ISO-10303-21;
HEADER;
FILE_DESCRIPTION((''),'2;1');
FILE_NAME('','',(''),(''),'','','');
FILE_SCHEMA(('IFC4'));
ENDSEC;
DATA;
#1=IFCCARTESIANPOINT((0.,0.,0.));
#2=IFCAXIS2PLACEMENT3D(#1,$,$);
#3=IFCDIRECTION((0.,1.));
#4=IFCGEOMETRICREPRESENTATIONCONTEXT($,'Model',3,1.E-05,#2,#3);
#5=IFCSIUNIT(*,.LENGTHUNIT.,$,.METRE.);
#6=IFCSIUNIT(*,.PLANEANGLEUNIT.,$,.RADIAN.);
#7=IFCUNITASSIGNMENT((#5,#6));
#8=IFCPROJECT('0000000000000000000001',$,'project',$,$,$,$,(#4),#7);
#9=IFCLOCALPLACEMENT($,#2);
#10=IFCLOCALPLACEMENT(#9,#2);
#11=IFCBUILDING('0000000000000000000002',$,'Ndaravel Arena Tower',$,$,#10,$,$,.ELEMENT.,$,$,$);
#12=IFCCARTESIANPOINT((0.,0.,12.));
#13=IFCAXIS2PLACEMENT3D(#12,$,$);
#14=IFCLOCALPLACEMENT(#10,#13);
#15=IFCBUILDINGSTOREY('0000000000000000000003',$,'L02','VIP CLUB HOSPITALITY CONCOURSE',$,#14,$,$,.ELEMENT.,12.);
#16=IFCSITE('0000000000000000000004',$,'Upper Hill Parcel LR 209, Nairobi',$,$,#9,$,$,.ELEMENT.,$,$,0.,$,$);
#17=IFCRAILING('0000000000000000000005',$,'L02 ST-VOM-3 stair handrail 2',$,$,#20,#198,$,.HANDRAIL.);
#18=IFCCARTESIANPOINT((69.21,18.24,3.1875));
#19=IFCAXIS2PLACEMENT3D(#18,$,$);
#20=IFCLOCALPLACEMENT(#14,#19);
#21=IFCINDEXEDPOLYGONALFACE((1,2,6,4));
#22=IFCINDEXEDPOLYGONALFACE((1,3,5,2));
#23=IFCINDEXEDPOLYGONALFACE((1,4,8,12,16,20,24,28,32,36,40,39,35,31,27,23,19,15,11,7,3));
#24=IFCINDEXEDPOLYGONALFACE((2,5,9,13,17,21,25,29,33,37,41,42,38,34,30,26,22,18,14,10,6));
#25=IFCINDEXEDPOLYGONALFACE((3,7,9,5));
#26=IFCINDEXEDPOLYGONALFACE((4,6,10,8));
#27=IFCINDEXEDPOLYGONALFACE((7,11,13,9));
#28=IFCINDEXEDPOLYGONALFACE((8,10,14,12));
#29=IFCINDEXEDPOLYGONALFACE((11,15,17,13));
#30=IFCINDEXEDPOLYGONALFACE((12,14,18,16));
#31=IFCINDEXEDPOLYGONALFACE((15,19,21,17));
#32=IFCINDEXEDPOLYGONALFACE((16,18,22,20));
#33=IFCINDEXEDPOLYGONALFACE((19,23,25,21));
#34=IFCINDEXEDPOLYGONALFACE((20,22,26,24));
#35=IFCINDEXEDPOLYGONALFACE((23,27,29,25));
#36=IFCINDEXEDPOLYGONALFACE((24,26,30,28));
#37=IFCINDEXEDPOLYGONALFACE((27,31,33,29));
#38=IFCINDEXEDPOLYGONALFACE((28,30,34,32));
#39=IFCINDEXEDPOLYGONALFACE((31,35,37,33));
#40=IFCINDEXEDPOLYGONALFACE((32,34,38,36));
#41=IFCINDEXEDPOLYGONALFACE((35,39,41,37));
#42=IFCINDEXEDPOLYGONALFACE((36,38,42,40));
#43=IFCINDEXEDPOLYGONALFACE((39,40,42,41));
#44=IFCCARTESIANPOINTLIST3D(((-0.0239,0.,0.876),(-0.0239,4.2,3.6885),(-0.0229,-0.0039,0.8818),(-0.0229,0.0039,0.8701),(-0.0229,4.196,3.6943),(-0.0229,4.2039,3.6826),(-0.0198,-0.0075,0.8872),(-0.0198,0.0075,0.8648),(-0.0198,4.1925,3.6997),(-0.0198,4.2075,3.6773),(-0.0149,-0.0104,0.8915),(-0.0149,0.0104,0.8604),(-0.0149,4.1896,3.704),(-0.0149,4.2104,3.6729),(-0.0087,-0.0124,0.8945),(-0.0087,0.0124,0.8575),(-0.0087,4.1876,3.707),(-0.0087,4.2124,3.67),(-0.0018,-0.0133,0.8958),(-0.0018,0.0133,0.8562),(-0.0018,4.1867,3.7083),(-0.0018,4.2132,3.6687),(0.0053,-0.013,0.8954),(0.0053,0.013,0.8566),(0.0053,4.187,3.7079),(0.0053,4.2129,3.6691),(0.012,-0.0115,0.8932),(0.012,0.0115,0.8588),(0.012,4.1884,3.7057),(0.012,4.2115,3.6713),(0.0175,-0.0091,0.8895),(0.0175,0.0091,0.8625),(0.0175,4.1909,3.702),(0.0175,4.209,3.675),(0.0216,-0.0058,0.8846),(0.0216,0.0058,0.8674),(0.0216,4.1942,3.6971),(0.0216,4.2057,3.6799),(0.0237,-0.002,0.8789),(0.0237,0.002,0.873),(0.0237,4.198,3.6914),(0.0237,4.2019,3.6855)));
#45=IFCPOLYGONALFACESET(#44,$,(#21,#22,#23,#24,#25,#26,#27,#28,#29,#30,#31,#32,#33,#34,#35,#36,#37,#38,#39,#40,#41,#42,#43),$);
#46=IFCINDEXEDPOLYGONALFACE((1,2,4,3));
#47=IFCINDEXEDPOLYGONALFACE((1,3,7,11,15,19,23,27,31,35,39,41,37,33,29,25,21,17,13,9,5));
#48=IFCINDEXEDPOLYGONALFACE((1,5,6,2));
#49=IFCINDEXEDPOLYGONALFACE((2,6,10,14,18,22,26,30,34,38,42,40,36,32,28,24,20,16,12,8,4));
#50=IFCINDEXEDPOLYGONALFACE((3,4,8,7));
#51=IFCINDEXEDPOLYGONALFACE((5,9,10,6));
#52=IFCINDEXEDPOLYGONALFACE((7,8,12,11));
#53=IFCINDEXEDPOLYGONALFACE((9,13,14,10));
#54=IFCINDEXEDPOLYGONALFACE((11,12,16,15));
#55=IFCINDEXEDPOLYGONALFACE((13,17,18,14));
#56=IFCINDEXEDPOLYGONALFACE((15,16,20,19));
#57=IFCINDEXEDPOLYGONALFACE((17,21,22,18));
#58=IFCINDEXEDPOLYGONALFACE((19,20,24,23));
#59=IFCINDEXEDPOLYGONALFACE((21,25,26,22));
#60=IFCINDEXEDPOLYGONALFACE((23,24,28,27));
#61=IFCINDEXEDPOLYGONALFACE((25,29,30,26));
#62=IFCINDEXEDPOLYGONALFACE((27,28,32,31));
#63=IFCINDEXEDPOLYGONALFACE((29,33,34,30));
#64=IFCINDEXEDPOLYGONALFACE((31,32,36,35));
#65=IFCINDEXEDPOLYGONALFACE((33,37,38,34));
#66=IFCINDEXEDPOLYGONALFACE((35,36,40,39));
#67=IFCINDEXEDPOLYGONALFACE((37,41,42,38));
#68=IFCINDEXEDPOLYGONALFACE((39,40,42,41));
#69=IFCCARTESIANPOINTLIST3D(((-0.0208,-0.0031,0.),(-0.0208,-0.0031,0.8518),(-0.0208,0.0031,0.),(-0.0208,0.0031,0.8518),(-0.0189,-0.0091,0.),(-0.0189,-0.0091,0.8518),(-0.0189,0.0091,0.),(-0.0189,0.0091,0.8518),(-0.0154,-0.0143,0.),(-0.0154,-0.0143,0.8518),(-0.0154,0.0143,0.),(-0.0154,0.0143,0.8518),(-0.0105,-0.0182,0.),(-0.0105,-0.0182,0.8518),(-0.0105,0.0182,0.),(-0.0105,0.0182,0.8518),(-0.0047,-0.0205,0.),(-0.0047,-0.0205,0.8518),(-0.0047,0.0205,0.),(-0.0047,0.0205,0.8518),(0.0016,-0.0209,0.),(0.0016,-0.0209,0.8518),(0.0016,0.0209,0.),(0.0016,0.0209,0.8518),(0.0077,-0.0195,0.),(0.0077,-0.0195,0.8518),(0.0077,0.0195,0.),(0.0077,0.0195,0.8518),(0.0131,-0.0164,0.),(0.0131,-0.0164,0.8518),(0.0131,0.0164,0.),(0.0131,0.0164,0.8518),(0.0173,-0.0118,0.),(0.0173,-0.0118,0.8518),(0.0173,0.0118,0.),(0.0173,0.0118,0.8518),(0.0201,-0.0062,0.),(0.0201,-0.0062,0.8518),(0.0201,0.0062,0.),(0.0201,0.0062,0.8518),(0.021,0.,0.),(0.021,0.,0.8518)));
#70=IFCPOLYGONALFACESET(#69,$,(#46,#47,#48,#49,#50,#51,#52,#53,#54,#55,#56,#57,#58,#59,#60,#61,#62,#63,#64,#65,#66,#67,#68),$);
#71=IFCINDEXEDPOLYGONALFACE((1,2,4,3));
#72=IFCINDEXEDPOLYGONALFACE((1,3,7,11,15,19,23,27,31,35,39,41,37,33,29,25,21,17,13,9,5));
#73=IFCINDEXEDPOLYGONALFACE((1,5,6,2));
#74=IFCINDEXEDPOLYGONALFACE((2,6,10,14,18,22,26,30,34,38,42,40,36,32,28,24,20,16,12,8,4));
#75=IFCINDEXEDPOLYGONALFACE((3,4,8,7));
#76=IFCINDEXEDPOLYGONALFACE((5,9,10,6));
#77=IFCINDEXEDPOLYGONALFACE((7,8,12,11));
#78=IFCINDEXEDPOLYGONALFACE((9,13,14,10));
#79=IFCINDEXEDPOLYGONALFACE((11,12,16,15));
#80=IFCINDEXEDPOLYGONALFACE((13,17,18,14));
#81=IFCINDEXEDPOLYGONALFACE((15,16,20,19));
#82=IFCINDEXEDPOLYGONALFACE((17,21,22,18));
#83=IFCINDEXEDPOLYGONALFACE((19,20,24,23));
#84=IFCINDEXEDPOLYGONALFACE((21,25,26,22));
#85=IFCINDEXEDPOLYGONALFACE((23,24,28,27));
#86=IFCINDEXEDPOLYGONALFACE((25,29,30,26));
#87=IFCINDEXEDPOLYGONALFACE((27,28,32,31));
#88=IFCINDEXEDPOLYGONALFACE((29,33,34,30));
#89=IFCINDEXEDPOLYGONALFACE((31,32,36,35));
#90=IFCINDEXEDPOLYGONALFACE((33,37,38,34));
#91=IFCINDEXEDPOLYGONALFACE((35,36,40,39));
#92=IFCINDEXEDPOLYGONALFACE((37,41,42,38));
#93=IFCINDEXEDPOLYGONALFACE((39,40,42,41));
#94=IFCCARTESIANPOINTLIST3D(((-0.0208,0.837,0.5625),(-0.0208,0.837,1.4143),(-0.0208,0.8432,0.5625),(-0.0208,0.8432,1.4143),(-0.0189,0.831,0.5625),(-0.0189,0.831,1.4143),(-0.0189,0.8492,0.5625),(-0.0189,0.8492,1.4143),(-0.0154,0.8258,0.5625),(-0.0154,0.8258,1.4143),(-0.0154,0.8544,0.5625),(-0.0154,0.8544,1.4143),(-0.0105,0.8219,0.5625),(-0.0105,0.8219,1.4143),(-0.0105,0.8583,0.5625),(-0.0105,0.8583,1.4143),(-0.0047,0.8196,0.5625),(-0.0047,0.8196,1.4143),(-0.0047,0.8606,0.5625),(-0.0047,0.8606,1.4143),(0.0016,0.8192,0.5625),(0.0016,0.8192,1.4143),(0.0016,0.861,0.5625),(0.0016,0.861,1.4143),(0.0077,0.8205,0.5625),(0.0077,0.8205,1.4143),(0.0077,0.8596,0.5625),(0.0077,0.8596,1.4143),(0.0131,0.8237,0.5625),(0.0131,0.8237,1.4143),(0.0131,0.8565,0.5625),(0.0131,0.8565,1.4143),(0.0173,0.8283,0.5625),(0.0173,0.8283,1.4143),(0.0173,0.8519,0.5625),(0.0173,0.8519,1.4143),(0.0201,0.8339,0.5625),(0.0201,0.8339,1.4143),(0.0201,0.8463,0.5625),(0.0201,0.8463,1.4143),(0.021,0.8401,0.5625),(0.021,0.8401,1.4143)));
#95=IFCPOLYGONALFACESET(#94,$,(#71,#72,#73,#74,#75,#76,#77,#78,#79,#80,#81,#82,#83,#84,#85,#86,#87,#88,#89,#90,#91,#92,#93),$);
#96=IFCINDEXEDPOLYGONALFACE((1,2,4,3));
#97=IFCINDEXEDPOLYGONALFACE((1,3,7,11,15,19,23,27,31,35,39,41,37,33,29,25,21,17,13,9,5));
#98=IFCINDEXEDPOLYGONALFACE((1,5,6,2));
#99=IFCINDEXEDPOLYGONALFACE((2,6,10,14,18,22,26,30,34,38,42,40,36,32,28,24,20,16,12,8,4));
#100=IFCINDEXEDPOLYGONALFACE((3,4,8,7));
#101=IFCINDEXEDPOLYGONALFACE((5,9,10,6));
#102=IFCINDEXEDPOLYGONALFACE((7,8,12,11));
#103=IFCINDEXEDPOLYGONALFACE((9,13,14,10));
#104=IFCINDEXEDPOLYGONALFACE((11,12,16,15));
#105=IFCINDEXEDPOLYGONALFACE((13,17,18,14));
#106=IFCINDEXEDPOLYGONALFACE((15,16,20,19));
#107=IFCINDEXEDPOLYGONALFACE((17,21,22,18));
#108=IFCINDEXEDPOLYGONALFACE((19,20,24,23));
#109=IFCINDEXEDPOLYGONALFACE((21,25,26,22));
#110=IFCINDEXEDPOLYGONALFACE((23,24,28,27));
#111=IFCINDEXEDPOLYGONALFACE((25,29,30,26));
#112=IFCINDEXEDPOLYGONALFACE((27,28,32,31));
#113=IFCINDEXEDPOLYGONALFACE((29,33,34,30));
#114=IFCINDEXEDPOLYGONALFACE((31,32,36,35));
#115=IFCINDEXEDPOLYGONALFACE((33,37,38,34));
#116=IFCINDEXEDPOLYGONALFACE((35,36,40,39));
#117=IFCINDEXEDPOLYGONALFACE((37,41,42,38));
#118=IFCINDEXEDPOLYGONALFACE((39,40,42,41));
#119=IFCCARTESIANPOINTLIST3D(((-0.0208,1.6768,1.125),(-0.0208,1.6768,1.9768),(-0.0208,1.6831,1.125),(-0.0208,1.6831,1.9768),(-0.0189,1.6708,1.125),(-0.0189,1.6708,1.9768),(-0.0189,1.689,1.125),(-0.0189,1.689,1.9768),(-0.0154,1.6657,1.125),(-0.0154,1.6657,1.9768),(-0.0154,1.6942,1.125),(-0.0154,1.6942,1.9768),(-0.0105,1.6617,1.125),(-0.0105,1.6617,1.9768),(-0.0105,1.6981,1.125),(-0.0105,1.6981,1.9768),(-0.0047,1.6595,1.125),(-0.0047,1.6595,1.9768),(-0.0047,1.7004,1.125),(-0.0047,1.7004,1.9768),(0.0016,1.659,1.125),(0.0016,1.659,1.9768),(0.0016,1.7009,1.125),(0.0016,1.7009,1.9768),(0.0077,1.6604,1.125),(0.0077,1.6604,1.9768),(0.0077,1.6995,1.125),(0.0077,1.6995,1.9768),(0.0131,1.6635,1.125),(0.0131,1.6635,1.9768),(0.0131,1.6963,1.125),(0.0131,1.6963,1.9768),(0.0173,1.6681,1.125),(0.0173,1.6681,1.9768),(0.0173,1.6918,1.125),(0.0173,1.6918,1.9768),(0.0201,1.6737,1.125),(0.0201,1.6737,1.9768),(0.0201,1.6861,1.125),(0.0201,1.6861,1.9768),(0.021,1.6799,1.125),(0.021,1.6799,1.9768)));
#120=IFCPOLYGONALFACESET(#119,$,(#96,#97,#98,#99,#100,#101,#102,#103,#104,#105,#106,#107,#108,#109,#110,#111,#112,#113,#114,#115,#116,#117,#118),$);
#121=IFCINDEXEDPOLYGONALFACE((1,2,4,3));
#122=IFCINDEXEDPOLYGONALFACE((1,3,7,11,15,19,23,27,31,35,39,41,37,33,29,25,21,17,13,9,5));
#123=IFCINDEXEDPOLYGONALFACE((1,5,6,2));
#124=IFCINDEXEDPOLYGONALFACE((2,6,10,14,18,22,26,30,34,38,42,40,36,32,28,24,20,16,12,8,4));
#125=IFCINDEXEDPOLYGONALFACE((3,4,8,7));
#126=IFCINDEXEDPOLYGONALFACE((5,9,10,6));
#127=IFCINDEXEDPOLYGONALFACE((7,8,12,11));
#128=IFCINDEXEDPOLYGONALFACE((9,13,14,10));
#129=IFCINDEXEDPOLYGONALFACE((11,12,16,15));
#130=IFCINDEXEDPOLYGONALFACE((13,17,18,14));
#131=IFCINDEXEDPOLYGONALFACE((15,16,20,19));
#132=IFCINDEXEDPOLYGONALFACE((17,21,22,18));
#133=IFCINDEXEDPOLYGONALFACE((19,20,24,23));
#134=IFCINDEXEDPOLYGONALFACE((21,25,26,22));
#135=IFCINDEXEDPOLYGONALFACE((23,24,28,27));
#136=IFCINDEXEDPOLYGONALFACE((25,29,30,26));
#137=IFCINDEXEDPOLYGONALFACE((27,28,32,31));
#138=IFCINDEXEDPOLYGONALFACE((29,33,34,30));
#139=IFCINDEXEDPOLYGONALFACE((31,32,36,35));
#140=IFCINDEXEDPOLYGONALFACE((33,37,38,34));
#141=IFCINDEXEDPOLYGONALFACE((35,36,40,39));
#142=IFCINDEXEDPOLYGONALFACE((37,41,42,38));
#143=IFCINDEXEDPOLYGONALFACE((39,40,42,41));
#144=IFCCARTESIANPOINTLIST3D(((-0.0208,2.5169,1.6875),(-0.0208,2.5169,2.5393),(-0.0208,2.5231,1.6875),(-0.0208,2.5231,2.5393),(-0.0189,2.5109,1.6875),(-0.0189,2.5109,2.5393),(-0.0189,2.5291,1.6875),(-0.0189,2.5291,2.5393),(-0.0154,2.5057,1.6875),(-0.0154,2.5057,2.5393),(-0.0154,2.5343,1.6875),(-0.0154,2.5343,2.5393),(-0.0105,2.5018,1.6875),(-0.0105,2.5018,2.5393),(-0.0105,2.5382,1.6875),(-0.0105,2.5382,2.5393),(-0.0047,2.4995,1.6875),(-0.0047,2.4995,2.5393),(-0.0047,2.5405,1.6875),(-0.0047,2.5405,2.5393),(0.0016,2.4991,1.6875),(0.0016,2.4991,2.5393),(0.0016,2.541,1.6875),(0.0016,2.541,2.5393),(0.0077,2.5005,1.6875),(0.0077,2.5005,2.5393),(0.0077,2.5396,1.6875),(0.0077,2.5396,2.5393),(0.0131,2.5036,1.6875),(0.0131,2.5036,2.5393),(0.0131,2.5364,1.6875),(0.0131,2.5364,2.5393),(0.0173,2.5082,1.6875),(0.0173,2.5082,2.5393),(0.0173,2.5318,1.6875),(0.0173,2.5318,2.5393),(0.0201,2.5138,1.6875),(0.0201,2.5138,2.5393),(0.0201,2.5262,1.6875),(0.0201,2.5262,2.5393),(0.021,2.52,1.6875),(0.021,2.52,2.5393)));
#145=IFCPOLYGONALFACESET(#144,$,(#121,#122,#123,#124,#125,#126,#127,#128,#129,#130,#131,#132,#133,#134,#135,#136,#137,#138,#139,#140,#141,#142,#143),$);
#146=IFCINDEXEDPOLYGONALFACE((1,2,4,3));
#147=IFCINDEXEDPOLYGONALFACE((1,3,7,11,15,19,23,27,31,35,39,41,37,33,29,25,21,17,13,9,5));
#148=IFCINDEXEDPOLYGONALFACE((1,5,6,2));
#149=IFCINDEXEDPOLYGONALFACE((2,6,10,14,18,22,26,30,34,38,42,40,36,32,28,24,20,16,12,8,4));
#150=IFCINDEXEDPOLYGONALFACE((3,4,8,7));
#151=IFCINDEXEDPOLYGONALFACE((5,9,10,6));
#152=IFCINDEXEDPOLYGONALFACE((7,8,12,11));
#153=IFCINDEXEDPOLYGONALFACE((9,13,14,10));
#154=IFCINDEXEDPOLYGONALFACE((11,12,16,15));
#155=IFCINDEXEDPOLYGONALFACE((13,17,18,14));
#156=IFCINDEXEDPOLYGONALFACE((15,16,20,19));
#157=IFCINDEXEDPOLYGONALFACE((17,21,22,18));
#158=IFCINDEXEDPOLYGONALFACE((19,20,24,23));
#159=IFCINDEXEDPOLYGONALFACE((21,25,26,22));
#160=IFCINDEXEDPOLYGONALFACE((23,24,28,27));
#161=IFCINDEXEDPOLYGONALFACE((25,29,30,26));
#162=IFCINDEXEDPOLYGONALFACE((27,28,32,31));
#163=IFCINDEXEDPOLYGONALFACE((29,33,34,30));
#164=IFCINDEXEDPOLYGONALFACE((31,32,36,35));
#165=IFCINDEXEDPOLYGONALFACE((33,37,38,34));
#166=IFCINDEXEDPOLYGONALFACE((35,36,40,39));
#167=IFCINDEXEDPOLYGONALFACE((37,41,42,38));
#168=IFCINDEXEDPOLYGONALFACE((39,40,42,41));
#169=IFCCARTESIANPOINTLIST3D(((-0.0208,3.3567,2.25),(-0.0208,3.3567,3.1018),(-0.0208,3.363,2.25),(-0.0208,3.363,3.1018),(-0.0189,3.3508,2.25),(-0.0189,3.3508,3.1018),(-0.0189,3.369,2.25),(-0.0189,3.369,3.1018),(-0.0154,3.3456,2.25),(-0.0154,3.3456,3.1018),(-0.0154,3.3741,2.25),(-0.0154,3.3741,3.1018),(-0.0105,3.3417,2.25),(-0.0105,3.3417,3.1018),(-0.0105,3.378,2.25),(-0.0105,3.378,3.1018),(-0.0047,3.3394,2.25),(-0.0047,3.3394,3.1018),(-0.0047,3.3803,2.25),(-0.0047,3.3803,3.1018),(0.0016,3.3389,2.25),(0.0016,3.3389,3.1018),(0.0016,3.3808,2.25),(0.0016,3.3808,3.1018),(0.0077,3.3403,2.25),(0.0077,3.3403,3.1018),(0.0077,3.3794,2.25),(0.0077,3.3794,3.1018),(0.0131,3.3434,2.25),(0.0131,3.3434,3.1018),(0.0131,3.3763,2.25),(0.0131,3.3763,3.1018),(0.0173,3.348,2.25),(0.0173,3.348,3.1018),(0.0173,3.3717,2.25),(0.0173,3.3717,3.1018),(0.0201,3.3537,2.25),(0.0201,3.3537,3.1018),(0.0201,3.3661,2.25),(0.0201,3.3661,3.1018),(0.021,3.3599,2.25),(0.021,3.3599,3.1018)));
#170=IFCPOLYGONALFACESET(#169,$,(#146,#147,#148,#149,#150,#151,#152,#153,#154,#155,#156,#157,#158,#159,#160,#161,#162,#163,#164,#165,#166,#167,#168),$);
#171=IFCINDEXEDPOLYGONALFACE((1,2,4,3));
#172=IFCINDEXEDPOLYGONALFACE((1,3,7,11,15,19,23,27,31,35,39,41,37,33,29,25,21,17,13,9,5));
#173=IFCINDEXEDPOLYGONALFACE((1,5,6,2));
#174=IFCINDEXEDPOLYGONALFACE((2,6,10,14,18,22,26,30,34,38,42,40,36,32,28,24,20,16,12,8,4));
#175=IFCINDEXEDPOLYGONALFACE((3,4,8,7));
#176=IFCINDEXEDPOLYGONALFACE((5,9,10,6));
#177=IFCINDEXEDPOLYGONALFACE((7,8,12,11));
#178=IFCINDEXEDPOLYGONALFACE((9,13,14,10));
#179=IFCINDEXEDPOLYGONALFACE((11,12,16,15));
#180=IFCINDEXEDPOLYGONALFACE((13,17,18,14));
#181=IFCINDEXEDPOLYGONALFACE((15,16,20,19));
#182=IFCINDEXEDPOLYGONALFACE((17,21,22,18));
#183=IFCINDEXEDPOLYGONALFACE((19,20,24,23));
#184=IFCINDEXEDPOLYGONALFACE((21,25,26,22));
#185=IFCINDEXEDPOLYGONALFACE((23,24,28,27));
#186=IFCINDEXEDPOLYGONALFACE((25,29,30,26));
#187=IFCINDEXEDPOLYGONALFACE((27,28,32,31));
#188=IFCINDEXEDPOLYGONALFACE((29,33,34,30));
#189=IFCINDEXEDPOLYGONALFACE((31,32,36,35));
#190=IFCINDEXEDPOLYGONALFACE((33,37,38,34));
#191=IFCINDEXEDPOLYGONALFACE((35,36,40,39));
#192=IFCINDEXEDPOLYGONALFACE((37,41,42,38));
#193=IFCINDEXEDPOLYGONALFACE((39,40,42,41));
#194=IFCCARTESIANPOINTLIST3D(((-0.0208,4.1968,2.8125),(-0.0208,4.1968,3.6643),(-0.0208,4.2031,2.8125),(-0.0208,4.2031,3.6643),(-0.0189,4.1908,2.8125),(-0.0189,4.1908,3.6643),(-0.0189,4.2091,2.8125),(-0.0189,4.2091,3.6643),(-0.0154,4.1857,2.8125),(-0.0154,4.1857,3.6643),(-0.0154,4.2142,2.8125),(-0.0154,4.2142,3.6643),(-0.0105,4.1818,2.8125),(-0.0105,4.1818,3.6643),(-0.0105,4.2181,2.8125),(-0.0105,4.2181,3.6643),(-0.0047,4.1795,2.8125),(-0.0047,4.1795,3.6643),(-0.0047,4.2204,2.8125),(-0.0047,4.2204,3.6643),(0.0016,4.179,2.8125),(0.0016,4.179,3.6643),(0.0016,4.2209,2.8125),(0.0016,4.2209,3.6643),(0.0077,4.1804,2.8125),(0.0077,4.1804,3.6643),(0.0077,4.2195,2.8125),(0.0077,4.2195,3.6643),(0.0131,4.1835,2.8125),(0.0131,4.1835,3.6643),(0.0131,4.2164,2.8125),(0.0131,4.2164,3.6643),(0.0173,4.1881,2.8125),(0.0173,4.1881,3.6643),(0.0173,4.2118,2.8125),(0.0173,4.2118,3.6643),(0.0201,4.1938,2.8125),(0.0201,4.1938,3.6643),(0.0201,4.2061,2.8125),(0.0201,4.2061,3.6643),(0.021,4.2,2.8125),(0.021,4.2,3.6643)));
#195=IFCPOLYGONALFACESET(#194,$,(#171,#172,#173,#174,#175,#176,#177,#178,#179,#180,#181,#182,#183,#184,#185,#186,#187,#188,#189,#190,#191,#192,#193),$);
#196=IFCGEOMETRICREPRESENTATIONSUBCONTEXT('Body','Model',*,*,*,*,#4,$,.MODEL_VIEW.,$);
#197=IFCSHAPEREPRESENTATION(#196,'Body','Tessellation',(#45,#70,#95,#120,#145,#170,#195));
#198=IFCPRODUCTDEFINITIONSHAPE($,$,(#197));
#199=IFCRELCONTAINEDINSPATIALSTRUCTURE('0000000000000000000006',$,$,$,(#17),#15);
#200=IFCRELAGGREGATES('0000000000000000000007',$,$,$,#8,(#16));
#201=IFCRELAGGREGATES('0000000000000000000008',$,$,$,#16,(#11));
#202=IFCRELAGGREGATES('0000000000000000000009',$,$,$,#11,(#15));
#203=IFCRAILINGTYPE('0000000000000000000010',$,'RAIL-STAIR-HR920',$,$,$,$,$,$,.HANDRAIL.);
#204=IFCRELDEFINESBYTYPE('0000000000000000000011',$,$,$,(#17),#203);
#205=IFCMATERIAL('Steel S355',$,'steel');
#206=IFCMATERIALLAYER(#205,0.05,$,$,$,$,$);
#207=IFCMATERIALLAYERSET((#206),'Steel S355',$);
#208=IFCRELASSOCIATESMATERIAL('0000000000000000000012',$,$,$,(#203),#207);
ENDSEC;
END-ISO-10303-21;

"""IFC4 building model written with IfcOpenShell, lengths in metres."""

from ifc_helpers import new_model, si_unit, direction, frame, origin, origin_2d, place, context, subcontext, project, spatial, circle, extrude, material, layer, layer_set, type_object, element, save


model = new_model("IFC4")

# Units and contexts
model_context = context("Model", 3, precision=1e-05, world=origin(), true_north=direction((0.0, 1.0)))
body_context = subcontext(model_context, "Body", "Model", "MODEL_VIEW")
ifc_project = project(units=[si_unit("LENGTHUNIT", "METRE"), si_unit("PLANEANGLEUNIT", "RADIAN")], contexts=[model_context])

# Site, building, storey
site_placement = place(None, origin())
site = spatial("IfcSite", under=ifc_project, at=site_placement, Name="Upper Hill Parcel LR 209, Nairobi", CompositionType="ELEMENT", RefElevation=0.0)
building_placement = place(site_placement, origin())
building = spatial("IfcBuilding", under=site, at=building_placement, Name="Ndaravel Arena Tower", CompositionType="ELEMENT")
storey_placement = place(building_placement, frame((0.0, 0.0, 12.0)))
storey = spatial("IfcBuildingStorey", under=building, at=storey_placement, Name="L02", Description="VIP CLUB HOSPITALITY CONCOURSE", CompositionType="ELEMENT", Elevation=12.0)

# Railing
ifc_material_1 = material(Name="Steel S355", Category="steel")
ifc_layer_1 = layer(ifc_material_1, 0.05)
ifc_layer_set_1 = layer_set([ifc_layer_1], Name="Steel S355")
railing_type_1 = type_object("IfcRailingType", Name="RAIL-STAIR-HR920", PredefinedType="HANDRAIL", material=ifc_layer_set_1)
railing_1_placement = place(storey_placement, frame((69.21, 18.24, 3.1875)))
element("IfcRailing", 1, at=railing_1_placement, inside=storey, type_object=railing_type_1, Name="L02 ST-VOM-3 stair handrail 2", PredefinedType="HANDRAIL", context=body_context, shape_type="SweptSolid", body=[
    extrude(circle(Radius=0.0239, at=origin_2d()), frame((0.0, 0.0, 0.876), z_axis=(0.0, 0.830904, 0.556416), x_axis=(-1.0, 0.0, 0.0)), (0.0, 0.0, 1.0), 5.0547),
    extrude(circle(Radius=0.021, at=origin_2d()), origin(), (0.0, 0.0, 1.0), 0.8518),
    extrude(circle(Radius=0.021, at=origin_2d()), frame((0.0, 0.8401, 0.5625)), (0.0, 0.0, 1.0), 0.8518),
    extrude(circle(Radius=0.021, at=origin_2d()), frame((0.0, 1.6799, 1.125)), (0.0, 0.0, 1.0), 0.8518),
    extrude(circle(Radius=0.021, at=origin_2d()), frame((0.0, 2.52, 1.6875)), (0.0, 0.0, 1.0), 0.8518),
    extrude(circle(Radius=0.021, at=origin_2d()), frame((0.0, 3.3599, 2.25)), (0.0, 0.0, 1.0), 0.8518),
    extrude(circle(Radius=0.021, at=origin_2d()), frame((0.0, 4.2, 2.8125)), (0.0, 0.0, 1.0), 0.8518),
])

save(model, "model.ifc")
